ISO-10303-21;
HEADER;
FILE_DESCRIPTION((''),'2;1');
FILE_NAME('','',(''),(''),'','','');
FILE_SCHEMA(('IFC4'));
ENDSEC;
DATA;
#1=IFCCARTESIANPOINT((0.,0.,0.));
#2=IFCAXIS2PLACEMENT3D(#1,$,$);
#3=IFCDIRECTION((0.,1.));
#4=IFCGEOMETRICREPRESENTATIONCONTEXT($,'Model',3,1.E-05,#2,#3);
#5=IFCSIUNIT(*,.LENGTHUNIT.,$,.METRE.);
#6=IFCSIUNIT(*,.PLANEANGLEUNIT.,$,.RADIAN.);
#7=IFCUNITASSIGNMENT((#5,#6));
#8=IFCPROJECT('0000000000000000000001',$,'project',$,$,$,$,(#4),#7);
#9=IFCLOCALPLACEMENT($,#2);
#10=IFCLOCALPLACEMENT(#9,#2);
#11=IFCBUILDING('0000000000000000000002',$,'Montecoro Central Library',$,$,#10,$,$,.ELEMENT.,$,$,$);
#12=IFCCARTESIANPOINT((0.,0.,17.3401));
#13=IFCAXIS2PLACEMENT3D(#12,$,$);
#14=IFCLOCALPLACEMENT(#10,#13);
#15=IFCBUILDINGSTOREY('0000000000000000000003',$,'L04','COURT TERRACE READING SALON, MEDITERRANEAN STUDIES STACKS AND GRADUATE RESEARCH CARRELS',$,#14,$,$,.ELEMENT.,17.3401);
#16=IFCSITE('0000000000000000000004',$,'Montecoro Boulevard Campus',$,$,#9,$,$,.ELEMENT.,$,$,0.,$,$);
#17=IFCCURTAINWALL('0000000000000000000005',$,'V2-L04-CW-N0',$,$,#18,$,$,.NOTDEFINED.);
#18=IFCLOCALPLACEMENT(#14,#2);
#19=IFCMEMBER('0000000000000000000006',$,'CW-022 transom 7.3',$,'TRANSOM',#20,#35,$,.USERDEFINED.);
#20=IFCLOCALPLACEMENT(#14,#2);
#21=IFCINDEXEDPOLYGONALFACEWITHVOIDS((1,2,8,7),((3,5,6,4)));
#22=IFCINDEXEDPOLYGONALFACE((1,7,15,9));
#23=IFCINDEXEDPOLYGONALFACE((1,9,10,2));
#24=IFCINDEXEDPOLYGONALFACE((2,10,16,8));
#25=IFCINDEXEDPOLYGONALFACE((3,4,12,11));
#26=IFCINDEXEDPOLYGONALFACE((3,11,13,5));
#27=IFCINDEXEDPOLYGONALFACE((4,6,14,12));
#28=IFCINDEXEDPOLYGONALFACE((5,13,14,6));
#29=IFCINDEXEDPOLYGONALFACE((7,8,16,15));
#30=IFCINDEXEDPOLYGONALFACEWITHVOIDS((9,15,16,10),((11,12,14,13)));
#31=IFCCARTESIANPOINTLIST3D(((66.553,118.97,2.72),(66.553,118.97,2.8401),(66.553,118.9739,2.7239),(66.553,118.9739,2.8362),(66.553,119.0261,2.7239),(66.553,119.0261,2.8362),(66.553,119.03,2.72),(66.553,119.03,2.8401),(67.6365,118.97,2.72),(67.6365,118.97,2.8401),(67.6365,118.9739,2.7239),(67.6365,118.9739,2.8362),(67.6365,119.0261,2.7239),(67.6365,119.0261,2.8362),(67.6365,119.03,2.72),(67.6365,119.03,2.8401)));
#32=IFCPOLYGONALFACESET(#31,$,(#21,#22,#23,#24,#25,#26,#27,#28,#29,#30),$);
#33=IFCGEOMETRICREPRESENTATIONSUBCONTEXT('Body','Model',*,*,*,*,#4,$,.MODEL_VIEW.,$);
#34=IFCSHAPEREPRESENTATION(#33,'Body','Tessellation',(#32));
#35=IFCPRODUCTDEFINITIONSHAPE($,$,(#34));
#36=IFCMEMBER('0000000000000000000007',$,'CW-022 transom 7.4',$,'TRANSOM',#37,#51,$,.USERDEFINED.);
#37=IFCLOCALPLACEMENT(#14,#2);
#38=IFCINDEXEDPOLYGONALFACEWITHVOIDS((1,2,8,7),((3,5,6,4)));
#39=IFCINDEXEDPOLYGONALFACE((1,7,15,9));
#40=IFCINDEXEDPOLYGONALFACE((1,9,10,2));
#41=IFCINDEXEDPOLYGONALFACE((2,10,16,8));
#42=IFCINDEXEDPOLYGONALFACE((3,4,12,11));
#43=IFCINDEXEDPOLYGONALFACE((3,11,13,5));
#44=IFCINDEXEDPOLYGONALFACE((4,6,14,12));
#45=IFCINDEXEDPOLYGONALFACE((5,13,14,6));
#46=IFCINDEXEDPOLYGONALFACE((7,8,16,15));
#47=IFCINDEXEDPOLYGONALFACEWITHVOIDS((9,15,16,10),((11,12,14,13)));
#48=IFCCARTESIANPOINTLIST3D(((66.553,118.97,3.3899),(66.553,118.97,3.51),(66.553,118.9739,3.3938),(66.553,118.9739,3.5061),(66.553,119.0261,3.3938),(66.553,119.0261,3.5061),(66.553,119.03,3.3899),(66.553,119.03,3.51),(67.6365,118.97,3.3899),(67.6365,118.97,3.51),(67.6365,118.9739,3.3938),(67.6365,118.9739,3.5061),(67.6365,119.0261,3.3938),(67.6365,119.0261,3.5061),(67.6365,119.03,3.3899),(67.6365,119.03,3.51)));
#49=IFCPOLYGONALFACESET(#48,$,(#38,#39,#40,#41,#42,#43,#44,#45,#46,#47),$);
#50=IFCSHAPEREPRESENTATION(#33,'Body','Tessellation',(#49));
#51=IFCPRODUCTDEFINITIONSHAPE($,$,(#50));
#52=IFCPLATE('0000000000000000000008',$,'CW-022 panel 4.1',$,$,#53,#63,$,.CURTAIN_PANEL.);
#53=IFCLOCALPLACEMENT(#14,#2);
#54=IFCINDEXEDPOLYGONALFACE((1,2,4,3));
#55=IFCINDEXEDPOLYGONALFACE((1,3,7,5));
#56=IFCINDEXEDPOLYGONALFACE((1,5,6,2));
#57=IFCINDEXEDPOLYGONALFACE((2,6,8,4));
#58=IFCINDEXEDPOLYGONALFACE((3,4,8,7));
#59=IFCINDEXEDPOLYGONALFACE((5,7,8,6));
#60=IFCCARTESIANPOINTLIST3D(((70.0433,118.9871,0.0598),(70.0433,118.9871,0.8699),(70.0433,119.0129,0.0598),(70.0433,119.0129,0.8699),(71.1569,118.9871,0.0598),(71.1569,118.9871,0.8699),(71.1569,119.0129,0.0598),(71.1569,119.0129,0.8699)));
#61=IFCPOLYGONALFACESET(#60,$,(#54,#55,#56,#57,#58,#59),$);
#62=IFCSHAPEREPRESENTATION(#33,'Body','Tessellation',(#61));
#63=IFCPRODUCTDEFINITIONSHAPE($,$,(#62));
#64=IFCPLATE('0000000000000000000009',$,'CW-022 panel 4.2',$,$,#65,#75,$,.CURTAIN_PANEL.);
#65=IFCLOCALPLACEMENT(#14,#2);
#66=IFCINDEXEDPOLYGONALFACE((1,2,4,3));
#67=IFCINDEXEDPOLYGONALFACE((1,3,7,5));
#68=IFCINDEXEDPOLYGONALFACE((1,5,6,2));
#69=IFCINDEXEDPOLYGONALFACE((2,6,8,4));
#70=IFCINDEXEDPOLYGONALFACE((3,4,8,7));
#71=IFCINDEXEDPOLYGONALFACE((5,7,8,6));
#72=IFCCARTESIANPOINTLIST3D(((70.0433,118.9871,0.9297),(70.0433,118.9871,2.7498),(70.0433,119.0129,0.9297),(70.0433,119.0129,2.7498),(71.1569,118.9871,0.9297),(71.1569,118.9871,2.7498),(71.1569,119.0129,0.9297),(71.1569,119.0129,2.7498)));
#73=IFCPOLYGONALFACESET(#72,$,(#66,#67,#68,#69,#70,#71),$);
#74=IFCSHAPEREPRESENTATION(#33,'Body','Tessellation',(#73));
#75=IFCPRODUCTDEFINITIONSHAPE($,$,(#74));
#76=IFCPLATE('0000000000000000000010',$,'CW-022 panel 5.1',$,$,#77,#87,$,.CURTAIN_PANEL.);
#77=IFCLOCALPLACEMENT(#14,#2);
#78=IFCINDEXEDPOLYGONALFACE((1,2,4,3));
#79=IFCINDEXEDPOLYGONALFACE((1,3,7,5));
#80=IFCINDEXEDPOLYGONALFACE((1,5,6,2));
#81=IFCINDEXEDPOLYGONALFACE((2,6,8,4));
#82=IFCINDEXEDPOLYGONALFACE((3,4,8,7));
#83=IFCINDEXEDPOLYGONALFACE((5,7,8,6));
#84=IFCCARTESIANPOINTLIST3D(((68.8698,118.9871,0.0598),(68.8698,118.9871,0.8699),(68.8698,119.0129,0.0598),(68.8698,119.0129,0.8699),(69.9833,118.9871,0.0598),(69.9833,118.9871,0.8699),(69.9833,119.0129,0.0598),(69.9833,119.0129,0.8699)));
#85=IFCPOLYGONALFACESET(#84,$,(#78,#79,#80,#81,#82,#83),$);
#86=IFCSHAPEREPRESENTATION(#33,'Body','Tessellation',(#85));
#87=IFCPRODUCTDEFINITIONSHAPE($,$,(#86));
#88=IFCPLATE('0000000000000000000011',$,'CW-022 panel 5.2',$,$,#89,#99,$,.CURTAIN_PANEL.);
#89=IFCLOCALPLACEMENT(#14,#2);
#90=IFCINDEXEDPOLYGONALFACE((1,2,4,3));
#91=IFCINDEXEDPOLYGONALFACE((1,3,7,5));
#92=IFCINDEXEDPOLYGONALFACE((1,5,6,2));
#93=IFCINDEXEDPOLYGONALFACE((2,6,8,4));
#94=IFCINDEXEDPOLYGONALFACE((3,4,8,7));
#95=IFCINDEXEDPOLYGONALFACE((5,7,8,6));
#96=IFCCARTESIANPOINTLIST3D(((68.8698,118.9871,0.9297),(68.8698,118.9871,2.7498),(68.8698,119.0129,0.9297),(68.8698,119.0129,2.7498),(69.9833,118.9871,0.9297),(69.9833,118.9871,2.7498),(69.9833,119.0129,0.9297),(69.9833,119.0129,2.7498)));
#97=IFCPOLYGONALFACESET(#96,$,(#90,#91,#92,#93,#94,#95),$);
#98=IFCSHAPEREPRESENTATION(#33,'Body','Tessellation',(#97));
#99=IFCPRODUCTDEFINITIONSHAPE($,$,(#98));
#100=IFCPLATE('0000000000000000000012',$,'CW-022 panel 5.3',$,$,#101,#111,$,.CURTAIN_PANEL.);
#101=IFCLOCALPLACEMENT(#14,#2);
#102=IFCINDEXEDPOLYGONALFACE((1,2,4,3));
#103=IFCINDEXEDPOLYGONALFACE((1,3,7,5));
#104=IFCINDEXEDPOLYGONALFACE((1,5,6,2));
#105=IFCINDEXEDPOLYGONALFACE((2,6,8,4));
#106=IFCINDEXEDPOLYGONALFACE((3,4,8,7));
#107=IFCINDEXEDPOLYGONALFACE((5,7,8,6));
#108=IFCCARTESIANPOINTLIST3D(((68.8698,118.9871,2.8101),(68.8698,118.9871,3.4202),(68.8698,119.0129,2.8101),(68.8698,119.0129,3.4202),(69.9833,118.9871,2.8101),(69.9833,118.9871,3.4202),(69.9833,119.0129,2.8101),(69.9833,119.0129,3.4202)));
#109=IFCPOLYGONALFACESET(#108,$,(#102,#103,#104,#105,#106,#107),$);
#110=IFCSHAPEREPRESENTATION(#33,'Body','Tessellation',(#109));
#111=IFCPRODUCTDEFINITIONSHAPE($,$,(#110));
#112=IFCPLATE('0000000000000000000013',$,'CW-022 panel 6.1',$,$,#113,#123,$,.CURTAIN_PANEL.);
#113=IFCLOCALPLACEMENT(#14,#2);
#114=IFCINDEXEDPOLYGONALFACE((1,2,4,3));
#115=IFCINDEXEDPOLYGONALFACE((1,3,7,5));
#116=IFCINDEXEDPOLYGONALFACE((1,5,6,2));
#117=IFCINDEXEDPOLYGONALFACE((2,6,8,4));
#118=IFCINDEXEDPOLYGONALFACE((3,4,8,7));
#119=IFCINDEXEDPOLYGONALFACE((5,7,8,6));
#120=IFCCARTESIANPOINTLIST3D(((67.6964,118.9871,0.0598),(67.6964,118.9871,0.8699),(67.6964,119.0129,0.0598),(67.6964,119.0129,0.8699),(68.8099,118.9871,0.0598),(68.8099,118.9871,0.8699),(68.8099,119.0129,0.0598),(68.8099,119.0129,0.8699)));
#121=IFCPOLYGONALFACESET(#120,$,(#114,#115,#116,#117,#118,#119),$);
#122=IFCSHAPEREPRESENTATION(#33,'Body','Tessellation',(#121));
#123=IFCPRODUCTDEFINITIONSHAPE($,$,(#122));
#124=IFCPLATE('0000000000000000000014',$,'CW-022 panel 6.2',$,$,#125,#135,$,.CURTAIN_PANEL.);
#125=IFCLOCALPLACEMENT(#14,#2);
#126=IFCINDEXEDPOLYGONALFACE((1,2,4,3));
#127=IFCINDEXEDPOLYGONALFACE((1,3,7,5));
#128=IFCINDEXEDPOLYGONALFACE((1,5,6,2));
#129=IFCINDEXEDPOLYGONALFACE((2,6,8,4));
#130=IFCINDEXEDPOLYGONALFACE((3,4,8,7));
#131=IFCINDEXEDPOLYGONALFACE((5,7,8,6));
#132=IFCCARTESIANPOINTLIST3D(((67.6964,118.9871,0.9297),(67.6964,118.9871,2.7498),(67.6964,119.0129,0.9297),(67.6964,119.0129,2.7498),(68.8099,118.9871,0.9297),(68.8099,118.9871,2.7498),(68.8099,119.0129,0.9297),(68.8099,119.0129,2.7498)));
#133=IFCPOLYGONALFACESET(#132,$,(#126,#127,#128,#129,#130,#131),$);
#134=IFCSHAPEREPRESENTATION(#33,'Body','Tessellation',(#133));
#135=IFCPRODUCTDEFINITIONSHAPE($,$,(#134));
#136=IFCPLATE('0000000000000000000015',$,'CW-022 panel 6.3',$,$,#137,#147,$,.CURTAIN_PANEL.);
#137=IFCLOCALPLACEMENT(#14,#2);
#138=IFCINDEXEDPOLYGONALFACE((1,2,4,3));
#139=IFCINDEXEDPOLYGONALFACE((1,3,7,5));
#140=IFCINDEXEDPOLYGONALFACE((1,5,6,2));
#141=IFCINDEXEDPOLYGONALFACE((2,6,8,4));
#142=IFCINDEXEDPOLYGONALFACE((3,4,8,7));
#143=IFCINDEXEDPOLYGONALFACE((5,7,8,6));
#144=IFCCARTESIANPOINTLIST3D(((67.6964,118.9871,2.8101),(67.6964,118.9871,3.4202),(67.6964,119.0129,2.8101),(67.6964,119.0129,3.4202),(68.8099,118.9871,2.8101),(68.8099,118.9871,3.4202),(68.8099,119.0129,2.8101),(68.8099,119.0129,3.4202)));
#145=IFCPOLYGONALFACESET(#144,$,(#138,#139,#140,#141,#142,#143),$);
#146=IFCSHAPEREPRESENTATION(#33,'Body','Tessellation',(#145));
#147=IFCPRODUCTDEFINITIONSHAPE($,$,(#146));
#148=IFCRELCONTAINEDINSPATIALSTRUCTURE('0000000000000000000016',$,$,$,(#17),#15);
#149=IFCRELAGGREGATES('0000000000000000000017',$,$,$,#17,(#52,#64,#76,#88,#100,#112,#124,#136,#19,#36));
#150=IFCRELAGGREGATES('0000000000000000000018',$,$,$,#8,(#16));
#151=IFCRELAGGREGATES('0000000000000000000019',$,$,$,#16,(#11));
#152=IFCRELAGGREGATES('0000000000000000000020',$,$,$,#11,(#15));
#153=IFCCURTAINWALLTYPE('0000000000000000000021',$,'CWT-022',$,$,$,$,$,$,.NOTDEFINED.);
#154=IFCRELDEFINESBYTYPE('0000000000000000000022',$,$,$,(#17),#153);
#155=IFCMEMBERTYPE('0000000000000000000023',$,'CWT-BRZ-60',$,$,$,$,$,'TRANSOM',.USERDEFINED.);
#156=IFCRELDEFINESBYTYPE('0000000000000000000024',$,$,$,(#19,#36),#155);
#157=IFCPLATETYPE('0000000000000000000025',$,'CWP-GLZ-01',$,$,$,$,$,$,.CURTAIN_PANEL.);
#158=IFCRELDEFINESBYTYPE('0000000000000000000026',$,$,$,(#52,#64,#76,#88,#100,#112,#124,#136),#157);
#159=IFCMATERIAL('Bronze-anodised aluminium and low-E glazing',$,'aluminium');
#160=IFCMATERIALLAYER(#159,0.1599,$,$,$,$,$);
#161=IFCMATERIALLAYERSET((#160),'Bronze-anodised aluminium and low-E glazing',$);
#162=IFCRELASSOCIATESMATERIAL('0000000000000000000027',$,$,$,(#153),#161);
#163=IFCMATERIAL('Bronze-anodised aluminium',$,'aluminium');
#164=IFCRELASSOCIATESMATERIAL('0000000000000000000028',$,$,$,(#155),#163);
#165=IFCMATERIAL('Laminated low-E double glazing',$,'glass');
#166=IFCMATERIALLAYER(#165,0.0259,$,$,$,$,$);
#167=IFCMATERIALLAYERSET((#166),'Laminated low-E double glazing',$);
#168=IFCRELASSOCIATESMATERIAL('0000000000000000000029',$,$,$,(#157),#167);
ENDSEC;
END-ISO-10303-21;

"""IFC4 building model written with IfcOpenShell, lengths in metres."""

from ifc_helpers import new_model, si_unit, direction, frame, origin, origin_2d, place, context, subcontext, project, spatial, rectangle, hollow_rectangle, extrude, material, layer, layer_set, material_profile, profile_set, type_object, element, aggregate, save


model = new_model("IFC4")

# Units and contexts
model_context = context("Model", 3, precision=1e-05, world=origin(), true_north=direction((0.0, 1.0)))
body_context = subcontext(model_context, "Body", "Model", "MODEL_VIEW")
ifc_project = project(units=[si_unit("LENGTHUNIT", "METRE"), si_unit("PLANEANGLEUNIT", "RADIAN")], contexts=[model_context])

# Site, building, storey
site_placement = place(None, origin())
site = spatial("IfcSite", under=ifc_project, at=site_placement, Name="Montecoro Boulevard Campus", CompositionType="ELEMENT", RefElevation=0.0)
building_placement = place(site_placement, origin())
building = spatial("IfcBuilding", under=site, at=building_placement, Name="Montecoro Central Library", CompositionType="ELEMENT")
storey_placement = place(building_placement, frame((0.0, 0.0, 17.3401)))
storey = spatial("IfcBuildingStorey", under=building, at=storey_placement, Name="L04", Description="COURT TERRACE READING SALON, MEDITERRANEAN STUDIES STACKS AND GRADUATE RESEARCH CARRELS", CompositionType="ELEMENT", Elevation=17.3401)

# Curtain wall, members, plates
ifc_material_1 = material(Name="Bronze-anodised aluminium and low-E glazing", Category="aluminium")
ifc_layer_1 = layer(ifc_material_1, 0.1599)
ifc_layer_set_1 = layer_set([ifc_layer_1], Name="Bronze-anodised aluminium and low-E glazing")
curtain_wall_type = type_object("IfcCurtainWallType", Name="CWT-022", PredefinedType="NOTDEFINED", material=ifc_layer_set_1)
curtain_wall_placement = place(storey_placement, origin())
curtain_wall = element("IfcCurtainWall", 1, at=curtain_wall_placement, inside=storey, type_object=curtain_wall_type, Name="V2-L04-CW-N0", PredefinedType="NOTDEFINED")
ifc_material_2 = material(Name="Bronze-anodised aluminium", Category="aluminium")
ifc_material_profile_1 = material_profile(ifc_material_2, hollow_rectangle(XDim=0.0601, YDim=0.1201, WallThickness=0.0039, at=origin_2d()), Name="CWT 120x60x4.0")
ifc_profile_set_1 = profile_set([ifc_material_profile_1], Name="Bronze-anodised aluminium")
member_type_1 = type_object("IfcMemberType", Name="CWT-BRZ-60", ElementType="TRANSOM", PredefinedType="USERDEFINED", material=ifc_profile_set_1)
member_1_placement = place(storey_placement, frame((67.6365, 119.0, 2.78), z_axis=(-1.0, 0.0, 0.0), x_axis=(0.0, -1.0, 0.0)))
member_1 = element("IfcMember", 2, at=member_1_placement, type_object=member_type_1, Name="CW-022 transom 7.3", ObjectType="TRANSOM", PredefinedType="USERDEFINED", context=body_context, shape_type="SweptSolid", body=[
    extrude(hollow_rectangle(XDim=0.0601, YDim=0.1201, WallThickness=0.0039, at=origin_2d()), origin(), (0.0, 0.0, 1.0), 1.0835),
])
member_2_placement = place(storey_placement, frame((67.6365, 119.0, 3.45), z_axis=(-1.0, 0.0, 0.0), x_axis=(0.0, -1.0, 0.0)))
member_2 = element("IfcMember", 3, at=member_2_placement, type_object=member_type_1, Name="CW-022 transom 7.4", ObjectType="TRANSOM", PredefinedType="USERDEFINED", context=body_context, shape_type="SweptSolid", body=[
    extrude(hollow_rectangle(XDim=0.0601, YDim=0.1201, WallThickness=0.0039, at=origin_2d()), origin(), (0.0, 0.0, 1.0), 1.0835),
])
ifc_material_3 = material(Name="Laminated low-E double glazing", Category="glass")
ifc_layer_2 = layer(ifc_material_3, 0.0259)
ifc_layer_set_2 = layer_set([ifc_layer_2], Name="Laminated low-E double glazing")
plate_type = type_object("IfcPlateType", Name="CWP-GLZ-01", PredefinedType="CURTAIN_PANEL", material=ifc_layer_set_2)
plate_1_placement = place(storey_placement, frame((70.6001, 119.0, 0.0598), z_axis=(0.0, 0.0, 1.0), x_axis=(-1.0, 0.0, 0.0)))
plate_1 = element("IfcPlate", 4, at=plate_1_placement, type_object=plate_type, Name="CW-022 panel 4.1", PredefinedType="CURTAIN_PANEL", context=body_context, shape_type="SweptSolid", body=[
    extrude(rectangle(XDim=1.1135, YDim=0.0259, at=origin_2d()), origin(), (0.0, 0.0, 1.0), 0.8101),
])
plate_2_placement = place(storey_placement, frame((70.6001, 119.0, 0.9297), z_axis=(0.0, 0.0, 1.0), x_axis=(-1.0, 0.0, 0.0)))
plate_2 = element("IfcPlate", 5, at=plate_2_placement, type_object=plate_type, Name="CW-022 panel 4.2", PredefinedType="CURTAIN_PANEL", context=body_context, shape_type="SweptSolid", body=[
    extrude(rectangle(XDim=1.1135, YDim=0.0259, at=origin_2d()), origin(), (0.0, 0.0, 1.0), 1.8201),
])
plate_3_placement = place(storey_placement, frame((69.4265, 119.0, 0.0598), z_axis=(0.0, 0.0, 1.0), x_axis=(-1.0, 0.0, 0.0)))
plate_3 = element("IfcPlate", 6, at=plate_3_placement, type_object=plate_type, Name="CW-022 panel 5.1", PredefinedType="CURTAIN_PANEL", context=body_context, shape_type="SweptSolid", body=[
    extrude(rectangle(XDim=1.1135, YDim=0.0259, at=origin_2d()), origin(), (0.0, 0.0, 1.0), 0.8101),
])
plate_4_placement = place(storey_placement, frame((69.4265, 119.0, 0.9297), z_axis=(0.0, 0.0, 1.0), x_axis=(-1.0, 0.0, 0.0)))
plate_4 = element("IfcPlate", 7, at=plate_4_placement, type_object=plate_type, Name="CW-022 panel 5.2", PredefinedType="CURTAIN_PANEL", context=body_context, shape_type="SweptSolid", body=[
    extrude(rectangle(XDim=1.1135, YDim=0.0259, at=origin_2d()), origin(), (0.0, 0.0, 1.0), 1.8201),
])
plate_5_placement = place(storey_placement, frame((69.4265, 119.0, 2.8101), z_axis=(0.0, 0.0, 1.0), x_axis=(-1.0, 0.0, 0.0)))
plate_5 = element("IfcPlate", 8, at=plate_5_placement, type_object=plate_type, Name="CW-022 panel 5.3", PredefinedType="CURTAIN_PANEL", context=body_context, shape_type="SweptSolid", body=[
    extrude(rectangle(XDim=1.1135, YDim=0.0259, at=origin_2d()), origin(), (0.0, 0.0, 1.0), 0.6101),
])
plate_6_placement = place(storey_placement, frame((68.2532, 119.0, 0.0598), z_axis=(0.0, 0.0, 1.0), x_axis=(-1.0, 0.0, 0.0)))
plate_6 = element("IfcPlate", 9, at=plate_6_placement, type_object=plate_type, Name="CW-022 panel 6.1", PredefinedType="CURTAIN_PANEL", context=body_context, shape_type="SweptSolid", body=[
    extrude(rectangle(XDim=1.1135, YDim=0.0259, at=origin_2d()), origin(), (0.0, 0.0, 1.0), 0.8101),
])
plate_7_placement = place(storey_placement, frame((68.2532, 119.0, 0.9297), z_axis=(0.0, 0.0, 1.0), x_axis=(-1.0, 0.0, 0.0)))
plate_7 = element("IfcPlate", 10, at=plate_7_placement, type_object=plate_type, Name="CW-022 panel 6.2", PredefinedType="CURTAIN_PANEL", context=body_context, shape_type="SweptSolid", body=[
    extrude(rectangle(XDim=1.1135, YDim=0.0259, at=origin_2d()), origin(), (0.0, 0.0, 1.0), 1.8201),
])
plate_8_placement = place(storey_placement, frame((68.2532, 119.0, 2.8101), z_axis=(0.0, 0.0, 1.0), x_axis=(-1.0, 0.0, 0.0)))
plate_8 = element("IfcPlate", 11, at=plate_8_placement, type_object=plate_type, Name="CW-022 panel 6.3", PredefinedType="CURTAIN_PANEL", context=body_context, shape_type="SweptSolid", body=[
    extrude(rectangle(XDim=1.1135, YDim=0.0259, at=origin_2d()), origin(), (0.0, 0.0, 1.0), 0.6101),
])
aggregate(curtain_wall, [plate_1, plate_2, plate_3, plate_4, plate_5, plate_6, plate_7, plate_8, member_1, member_2])

save(model, "model.ifc")
